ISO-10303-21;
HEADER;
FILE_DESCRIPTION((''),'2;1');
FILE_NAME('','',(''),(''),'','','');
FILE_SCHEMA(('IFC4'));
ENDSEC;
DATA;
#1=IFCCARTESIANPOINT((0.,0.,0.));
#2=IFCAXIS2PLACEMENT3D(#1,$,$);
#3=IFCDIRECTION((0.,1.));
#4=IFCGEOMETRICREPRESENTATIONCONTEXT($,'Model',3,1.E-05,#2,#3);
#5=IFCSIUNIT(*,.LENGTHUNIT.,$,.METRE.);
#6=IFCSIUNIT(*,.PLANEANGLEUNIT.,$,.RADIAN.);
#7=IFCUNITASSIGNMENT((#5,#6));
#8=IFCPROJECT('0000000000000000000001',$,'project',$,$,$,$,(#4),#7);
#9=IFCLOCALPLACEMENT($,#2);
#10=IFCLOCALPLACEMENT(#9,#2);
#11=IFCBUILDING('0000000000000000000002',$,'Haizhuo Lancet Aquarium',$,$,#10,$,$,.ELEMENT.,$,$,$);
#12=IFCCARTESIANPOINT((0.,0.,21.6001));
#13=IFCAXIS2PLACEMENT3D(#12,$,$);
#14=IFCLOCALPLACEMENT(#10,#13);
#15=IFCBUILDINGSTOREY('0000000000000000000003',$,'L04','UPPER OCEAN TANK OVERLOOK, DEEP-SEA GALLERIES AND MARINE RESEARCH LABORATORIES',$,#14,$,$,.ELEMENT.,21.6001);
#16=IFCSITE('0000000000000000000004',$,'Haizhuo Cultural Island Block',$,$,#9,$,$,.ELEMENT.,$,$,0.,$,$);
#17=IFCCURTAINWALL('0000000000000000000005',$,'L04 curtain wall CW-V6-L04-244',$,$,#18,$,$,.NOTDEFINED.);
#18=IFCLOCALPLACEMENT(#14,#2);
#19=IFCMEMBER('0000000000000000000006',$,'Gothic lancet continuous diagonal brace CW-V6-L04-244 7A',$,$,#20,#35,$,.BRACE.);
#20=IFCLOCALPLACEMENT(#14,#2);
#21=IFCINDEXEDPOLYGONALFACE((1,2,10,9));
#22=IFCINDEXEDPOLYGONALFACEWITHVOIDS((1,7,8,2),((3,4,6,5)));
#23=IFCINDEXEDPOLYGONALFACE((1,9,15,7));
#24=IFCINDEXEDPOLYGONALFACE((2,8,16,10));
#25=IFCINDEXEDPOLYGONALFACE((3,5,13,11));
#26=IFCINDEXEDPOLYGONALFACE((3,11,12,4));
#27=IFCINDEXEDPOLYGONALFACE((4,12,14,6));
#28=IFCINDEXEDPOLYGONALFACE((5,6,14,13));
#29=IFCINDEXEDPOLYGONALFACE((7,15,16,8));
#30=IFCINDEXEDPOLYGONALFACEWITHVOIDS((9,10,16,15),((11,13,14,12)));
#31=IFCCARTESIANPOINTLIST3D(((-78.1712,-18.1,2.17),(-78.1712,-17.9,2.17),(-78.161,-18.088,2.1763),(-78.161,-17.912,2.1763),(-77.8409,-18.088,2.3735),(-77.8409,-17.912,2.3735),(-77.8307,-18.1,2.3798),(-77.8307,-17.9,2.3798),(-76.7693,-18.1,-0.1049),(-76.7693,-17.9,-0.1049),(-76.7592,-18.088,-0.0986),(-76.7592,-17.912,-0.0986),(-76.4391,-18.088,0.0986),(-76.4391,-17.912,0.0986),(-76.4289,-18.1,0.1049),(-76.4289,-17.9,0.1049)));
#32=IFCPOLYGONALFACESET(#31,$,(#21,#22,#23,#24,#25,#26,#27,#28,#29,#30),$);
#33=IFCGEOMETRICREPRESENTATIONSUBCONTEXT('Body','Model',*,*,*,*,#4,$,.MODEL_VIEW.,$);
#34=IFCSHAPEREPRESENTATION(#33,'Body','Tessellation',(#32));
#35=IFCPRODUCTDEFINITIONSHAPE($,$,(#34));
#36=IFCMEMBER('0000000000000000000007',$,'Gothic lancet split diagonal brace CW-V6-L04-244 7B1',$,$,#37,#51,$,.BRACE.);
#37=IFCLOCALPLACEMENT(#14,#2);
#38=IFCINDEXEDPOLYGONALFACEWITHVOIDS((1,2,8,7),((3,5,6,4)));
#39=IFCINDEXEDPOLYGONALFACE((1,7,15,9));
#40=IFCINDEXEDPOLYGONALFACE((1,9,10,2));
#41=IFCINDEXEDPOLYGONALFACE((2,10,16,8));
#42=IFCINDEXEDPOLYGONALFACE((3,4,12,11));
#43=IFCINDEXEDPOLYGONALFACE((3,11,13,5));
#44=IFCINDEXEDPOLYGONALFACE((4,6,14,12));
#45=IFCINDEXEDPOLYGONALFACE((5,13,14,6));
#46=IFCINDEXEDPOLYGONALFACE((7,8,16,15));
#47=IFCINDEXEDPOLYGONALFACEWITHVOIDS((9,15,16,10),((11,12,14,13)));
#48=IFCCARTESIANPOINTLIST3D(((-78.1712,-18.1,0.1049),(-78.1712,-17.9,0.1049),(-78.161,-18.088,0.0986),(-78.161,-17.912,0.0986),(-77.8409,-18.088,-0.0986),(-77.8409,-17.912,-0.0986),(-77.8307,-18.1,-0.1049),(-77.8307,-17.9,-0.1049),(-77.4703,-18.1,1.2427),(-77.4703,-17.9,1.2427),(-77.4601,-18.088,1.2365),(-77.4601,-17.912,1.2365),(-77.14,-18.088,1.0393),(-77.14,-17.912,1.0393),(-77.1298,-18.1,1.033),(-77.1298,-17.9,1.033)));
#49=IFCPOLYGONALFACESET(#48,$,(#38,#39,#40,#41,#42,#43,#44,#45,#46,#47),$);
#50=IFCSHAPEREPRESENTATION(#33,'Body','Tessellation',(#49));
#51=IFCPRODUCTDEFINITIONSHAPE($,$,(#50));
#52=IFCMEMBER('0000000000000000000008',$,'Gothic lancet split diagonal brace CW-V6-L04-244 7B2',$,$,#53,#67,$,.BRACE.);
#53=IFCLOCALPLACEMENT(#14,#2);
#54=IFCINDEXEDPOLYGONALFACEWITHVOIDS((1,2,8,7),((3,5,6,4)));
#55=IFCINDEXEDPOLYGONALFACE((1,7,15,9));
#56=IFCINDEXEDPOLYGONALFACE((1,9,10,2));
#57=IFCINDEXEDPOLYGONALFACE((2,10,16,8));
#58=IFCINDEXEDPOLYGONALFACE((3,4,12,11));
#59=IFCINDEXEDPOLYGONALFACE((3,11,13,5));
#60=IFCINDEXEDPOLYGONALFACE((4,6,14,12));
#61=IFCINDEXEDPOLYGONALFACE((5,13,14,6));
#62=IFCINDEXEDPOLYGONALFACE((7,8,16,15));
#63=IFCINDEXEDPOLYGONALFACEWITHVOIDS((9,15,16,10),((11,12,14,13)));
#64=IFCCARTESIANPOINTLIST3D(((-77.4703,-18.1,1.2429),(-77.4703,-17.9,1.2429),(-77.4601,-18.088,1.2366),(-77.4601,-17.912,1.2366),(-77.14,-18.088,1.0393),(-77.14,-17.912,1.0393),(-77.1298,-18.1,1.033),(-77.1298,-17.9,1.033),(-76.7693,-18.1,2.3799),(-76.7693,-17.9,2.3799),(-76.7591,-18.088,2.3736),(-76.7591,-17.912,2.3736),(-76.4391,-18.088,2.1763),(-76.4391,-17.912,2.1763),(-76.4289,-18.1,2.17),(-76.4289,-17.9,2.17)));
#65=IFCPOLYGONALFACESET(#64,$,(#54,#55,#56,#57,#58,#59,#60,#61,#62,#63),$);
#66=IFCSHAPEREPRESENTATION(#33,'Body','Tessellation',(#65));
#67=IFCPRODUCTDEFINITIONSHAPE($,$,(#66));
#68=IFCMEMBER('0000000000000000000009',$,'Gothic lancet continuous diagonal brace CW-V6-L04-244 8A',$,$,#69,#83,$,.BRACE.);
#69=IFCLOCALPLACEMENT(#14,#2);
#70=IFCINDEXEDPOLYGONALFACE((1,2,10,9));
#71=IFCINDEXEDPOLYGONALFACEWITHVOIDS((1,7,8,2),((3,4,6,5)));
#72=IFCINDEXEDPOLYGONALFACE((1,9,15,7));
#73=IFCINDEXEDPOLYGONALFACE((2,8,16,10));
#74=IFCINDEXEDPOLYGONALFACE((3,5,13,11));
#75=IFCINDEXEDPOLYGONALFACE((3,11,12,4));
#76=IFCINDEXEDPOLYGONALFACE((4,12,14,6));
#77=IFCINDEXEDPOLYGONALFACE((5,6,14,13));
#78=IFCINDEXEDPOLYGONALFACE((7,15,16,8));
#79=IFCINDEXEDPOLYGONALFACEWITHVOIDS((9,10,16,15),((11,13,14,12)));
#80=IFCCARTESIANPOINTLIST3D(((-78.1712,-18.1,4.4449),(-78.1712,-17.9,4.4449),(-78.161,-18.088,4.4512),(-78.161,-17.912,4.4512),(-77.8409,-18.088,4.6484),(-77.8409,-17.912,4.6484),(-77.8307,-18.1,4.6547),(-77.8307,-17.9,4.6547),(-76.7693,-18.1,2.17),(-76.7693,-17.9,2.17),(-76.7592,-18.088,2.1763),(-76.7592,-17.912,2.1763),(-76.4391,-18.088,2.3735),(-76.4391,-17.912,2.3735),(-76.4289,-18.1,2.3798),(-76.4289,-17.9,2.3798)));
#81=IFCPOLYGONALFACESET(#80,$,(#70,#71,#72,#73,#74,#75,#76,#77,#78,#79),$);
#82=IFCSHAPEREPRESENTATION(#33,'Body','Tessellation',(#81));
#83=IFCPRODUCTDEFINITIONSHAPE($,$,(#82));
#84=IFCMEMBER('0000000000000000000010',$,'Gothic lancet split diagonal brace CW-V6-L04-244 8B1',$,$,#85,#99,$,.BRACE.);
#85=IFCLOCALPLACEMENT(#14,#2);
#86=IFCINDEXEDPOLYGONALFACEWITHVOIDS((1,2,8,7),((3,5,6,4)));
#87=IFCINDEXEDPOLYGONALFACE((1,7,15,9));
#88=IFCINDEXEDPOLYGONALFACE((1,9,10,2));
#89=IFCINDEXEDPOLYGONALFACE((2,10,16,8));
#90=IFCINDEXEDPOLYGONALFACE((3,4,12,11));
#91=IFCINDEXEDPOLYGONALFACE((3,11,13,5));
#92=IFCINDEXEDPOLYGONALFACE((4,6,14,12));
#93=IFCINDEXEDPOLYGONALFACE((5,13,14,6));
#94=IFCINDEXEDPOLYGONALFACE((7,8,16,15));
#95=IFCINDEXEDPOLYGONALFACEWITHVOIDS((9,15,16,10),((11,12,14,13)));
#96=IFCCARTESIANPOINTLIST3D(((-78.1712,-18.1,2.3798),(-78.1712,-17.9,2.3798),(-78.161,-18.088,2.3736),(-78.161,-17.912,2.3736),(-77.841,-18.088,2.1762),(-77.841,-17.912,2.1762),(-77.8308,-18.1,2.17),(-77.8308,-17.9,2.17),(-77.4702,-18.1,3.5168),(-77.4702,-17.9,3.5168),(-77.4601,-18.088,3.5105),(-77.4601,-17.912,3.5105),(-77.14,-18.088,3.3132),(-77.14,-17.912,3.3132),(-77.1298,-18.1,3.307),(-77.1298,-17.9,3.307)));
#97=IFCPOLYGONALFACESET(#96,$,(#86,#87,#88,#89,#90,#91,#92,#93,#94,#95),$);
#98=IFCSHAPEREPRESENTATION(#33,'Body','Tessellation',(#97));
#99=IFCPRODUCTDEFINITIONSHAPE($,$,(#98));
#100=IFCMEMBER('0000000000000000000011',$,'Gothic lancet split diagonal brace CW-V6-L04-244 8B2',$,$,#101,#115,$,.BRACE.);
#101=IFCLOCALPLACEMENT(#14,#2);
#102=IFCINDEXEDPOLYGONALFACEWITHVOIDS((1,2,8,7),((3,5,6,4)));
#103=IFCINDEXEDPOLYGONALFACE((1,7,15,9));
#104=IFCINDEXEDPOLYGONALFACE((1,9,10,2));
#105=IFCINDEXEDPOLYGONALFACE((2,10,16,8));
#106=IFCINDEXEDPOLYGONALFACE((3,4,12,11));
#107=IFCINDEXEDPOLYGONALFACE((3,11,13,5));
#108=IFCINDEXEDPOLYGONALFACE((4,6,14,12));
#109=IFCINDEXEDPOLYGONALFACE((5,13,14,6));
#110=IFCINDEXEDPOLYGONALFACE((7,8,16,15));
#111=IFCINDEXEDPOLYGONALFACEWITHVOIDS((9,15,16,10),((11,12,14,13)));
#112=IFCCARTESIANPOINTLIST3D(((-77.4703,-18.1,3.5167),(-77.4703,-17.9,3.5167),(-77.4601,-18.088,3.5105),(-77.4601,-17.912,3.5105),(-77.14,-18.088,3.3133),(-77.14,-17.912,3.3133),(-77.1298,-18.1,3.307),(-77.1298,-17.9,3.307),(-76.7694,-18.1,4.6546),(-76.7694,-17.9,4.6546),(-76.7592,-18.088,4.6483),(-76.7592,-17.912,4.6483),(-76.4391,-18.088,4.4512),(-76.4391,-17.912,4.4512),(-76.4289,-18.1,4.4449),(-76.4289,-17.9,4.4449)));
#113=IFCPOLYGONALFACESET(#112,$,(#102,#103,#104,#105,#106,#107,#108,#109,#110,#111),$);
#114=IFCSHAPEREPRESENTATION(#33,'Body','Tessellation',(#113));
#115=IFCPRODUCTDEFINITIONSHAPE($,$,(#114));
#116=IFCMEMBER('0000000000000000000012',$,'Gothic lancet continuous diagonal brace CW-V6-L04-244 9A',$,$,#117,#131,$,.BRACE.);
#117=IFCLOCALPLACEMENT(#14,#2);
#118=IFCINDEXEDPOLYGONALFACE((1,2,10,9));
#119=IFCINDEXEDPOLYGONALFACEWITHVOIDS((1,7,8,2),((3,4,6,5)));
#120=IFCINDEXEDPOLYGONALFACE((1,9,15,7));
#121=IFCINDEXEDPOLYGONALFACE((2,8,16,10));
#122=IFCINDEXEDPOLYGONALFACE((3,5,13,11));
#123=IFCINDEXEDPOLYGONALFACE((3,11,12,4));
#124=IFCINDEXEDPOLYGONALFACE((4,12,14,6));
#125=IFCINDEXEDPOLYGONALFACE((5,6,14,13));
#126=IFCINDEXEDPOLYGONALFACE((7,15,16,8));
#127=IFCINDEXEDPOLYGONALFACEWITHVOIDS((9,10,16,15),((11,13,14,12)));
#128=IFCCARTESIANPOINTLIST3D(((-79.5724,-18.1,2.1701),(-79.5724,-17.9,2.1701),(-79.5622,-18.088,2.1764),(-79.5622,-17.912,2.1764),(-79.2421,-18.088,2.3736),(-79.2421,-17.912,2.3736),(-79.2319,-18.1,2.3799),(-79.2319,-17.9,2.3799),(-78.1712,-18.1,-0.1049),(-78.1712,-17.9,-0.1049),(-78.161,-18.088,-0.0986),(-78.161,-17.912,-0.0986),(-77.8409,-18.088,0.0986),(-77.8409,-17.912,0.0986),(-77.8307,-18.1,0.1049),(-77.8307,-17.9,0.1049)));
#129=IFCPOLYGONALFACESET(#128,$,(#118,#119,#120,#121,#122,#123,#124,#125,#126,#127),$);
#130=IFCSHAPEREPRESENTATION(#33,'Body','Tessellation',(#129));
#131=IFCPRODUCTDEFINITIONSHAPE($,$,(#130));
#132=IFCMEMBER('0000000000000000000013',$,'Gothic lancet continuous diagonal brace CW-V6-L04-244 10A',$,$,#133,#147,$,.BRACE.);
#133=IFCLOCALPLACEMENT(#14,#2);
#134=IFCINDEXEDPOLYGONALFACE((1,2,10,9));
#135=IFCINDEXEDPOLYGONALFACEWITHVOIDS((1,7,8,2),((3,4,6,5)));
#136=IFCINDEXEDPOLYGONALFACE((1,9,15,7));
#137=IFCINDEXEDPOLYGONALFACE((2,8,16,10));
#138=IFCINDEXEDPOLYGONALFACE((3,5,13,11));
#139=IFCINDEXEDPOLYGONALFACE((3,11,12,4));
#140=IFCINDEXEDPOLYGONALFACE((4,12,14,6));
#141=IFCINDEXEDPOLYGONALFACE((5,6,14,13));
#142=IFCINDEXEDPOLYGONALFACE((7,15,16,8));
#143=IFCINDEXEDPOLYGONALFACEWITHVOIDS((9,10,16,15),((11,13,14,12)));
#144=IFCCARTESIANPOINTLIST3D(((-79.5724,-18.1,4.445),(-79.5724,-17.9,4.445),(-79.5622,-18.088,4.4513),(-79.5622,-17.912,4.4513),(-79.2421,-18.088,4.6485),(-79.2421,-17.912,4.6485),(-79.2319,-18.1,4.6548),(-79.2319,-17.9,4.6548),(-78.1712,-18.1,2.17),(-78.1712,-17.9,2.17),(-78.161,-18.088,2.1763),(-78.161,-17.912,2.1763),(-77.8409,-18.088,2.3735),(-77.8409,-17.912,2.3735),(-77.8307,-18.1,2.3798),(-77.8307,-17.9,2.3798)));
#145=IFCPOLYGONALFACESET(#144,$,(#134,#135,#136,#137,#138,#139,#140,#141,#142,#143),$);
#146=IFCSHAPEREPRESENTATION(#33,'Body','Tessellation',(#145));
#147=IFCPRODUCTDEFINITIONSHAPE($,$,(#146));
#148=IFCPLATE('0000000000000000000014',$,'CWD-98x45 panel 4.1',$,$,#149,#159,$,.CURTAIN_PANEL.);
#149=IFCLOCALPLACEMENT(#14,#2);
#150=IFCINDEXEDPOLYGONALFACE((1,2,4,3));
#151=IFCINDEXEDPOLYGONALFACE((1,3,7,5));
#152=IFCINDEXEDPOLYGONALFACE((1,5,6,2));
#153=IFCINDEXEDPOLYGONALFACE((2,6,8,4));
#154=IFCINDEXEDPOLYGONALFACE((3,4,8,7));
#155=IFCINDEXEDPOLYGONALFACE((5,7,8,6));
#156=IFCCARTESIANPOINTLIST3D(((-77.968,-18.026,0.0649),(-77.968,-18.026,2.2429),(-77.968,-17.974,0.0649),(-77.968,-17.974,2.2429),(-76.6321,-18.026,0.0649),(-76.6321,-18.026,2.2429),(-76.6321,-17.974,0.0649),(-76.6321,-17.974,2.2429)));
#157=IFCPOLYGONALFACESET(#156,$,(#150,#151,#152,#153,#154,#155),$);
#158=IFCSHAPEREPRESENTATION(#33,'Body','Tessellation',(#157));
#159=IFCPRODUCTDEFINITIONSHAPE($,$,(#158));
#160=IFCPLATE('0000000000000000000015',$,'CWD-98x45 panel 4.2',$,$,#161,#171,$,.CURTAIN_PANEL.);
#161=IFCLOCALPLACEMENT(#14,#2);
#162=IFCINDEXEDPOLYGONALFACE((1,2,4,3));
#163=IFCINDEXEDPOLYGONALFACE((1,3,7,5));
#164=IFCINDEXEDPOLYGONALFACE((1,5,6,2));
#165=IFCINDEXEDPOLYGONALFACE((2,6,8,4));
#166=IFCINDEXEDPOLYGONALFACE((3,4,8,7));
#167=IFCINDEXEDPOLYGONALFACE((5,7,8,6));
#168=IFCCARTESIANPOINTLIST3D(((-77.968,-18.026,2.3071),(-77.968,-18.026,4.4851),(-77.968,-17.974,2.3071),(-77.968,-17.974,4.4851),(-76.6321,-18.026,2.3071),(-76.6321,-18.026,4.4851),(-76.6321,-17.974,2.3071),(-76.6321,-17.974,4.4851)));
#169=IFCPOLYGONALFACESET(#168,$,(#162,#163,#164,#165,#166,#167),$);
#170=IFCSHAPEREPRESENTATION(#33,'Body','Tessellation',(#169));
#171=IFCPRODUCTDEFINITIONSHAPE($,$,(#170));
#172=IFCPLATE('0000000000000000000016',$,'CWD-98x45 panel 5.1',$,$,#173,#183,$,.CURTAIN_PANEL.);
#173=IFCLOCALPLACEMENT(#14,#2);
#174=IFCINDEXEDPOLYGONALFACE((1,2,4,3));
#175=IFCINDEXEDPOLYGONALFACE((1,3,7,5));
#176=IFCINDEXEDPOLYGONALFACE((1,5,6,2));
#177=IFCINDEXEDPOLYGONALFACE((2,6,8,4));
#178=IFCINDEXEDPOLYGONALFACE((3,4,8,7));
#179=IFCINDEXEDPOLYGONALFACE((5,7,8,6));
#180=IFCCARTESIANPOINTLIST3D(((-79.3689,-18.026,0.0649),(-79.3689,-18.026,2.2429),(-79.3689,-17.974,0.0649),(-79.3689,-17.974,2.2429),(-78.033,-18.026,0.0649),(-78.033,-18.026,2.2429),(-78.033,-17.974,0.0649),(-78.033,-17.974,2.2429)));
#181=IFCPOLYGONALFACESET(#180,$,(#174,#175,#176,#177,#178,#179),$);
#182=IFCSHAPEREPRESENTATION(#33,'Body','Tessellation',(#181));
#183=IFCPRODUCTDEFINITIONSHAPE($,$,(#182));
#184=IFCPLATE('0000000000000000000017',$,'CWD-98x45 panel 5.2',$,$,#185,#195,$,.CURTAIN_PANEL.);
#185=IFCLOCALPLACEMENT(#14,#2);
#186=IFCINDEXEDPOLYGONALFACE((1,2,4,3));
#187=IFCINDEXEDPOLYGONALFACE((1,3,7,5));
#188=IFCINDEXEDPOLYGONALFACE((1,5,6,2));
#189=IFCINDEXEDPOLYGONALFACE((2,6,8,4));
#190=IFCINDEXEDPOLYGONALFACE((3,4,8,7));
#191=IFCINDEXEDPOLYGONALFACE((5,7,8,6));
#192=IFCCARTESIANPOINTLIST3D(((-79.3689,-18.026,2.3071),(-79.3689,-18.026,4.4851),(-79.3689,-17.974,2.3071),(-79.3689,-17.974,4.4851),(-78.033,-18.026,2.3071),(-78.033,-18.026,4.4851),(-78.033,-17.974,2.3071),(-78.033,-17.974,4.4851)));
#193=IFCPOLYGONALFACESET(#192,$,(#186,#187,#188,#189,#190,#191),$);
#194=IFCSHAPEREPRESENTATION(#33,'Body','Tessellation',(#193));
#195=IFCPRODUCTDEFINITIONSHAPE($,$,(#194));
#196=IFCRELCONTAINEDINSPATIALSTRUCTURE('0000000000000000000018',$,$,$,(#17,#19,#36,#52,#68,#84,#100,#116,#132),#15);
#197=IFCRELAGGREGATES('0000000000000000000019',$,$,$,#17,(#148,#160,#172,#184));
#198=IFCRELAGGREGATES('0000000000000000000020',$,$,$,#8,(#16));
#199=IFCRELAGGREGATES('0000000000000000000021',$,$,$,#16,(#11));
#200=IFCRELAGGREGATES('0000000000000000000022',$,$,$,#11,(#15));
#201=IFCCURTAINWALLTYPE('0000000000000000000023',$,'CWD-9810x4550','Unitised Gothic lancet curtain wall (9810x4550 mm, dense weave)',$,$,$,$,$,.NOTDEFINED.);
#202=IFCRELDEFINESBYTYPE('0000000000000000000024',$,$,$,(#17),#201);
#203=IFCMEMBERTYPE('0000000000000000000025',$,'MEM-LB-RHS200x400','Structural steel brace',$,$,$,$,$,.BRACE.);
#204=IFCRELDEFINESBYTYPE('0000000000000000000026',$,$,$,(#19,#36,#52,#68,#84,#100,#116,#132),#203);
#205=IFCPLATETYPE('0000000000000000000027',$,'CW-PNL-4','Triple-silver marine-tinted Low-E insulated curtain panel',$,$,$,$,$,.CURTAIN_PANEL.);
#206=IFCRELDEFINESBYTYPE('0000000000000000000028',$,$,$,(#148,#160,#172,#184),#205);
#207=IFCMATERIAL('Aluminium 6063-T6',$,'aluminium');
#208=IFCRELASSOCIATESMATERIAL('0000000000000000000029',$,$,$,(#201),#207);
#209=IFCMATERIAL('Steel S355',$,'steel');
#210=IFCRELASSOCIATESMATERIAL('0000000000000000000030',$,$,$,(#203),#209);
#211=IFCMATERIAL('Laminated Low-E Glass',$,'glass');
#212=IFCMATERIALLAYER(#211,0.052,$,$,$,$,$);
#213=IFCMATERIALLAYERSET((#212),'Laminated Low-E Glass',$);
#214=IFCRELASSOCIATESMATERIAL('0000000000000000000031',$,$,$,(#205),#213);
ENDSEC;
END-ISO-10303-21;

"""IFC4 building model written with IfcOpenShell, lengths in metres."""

from ifc_helpers import new_model, si_unit, direction, frame, origin, origin_2d, place, context, subcontext, project, spatial, rectangle, hollow_rectangle, extrude, material, layer, layer_set, material_profile, profile_set, type_object, element, aggregate, save


model = new_model("IFC4")

# Units and contexts
model_context = context("Model", 3, precision=1e-05, world=origin(), true_north=direction((0.0, 1.0)))
body_context = subcontext(model_context, "Body", "Model", "MODEL_VIEW")
ifc_project = project(units=[si_unit("LENGTHUNIT", "METRE"), si_unit("PLANEANGLEUNIT", "RADIAN")], contexts=[model_context])

# Site, building, storey
site_placement = place(None, origin())
site = spatial("IfcSite", under=ifc_project, at=site_placement, Name="Haizhuo Cultural Island Block", CompositionType="ELEMENT", RefElevation=0.0)
building_placement = place(site_placement, origin())
building = spatial("IfcBuilding", under=site, at=building_placement, Name="Haizhuo Lancet Aquarium", CompositionType="ELEMENT")
storey_placement = place(building_placement, frame((0.0, 0.0, 21.6001)))
storey = spatial("IfcBuildingStorey", under=building, at=storey_placement, Name="L04", Description="UPPER OCEAN TANK OVERLOOK, DEEP-SEA GALLERIES AND MARINE RESEARCH LABORATORIES", CompositionType="ELEMENT", Elevation=21.6001)

# Curtain wall
ifc_material_1 = material(Name="Aluminium 6063-T6", Category="aluminium")
curtain_wall_type = type_object("IfcCurtainWallType", Name="CWD-9810x4550", Description="Unitised Gothic lancet curtain wall (9810x4550 mm, dense weave)", PredefinedType="NOTDEFINED", material=ifc_material_1)
curtain_wall_placement = place(storey_placement, origin())
curtain_wall = element("IfcCurtainWall", 1, at=curtain_wall_placement, inside=storey, type_object=curtain_wall_type, Name="L04 curtain wall CW-V6-L04-244", PredefinedType="NOTDEFINED")

# Members
ifc_material_2 = material(Name="Steel S355", Category="steel")
ifc_material_profile_1 = material_profile(ifc_material_2, hollow_rectangle(XDim=0.2, YDim=0.3999, WallThickness=0.012, at=origin_2d()), Name="RHS 200x400x12")
ifc_profile_set_1 = profile_set([ifc_material_profile_1], Name="Steel S355")
member_type_1 = type_object("IfcMemberType", Name="MEM-LB-RHS200x400", Description="Structural steel brace", PredefinedType="BRACE", material=ifc_profile_set_1)
member_1_placement = place(storey_placement, frame((-76.5991, -18.0, 0.0), z_axis=(-0.524617, 0.0, 0.851338), x_axis=(0.0, -1.0, 0.0)))
element("IfcMember", 2, at=member_1_placement, inside=storey, type_object=member_type_1, Name="Gothic lancet continuous diagonal brace CW-V6-L04-244 7A", PredefinedType="BRACE", context=body_context, shape_type="SweptSolid", body=[
    extrude(hollow_rectangle(XDim=0.2, YDim=0.3999, WallThickness=0.012, at=origin_2d()), origin(), (0.0, 0.0, 1.0), 2.6721),
])
member_2_placement = place(storey_placement, frame((-78.001, -18.0, 0.0), z_axis=(0.524454, 0.0, 0.851439), x_axis=(0.0, 1.0, 0.0)))
element("IfcMember", 3, at=member_2_placement, inside=storey, type_object=member_type_1, Name="Gothic lancet split diagonal brace CW-V6-L04-244 7B1", PredefinedType="BRACE", context=body_context, shape_type="SweptSolid", body=[
    extrude(hollow_rectangle(XDim=0.2, YDim=0.3999, WallThickness=0.012, at=origin_2d()), origin(), (0.0, 0.0, 1.0), 1.3364),
])
member_3_placement = place(storey_placement, frame((-77.3, -18.0, 1.1379), z_axis=(0.524781, 0.0, 0.851238), x_axis=(0.0, 1.0, 0.0)))
element("IfcMember", 4, at=member_3_placement, inside=storey, type_object=member_type_1, Name="Gothic lancet split diagonal brace CW-V6-L04-244 7B2", PredefinedType="BRACE", context=body_context, shape_type="SweptSolid", body=[
    extrude(hollow_rectangle(XDim=0.2, YDim=0.3999, WallThickness=0.012, at=origin_2d()), origin(), (0.0, 0.0, 1.0), 1.3357),
])
member_4_placement = place(storey_placement, frame((-76.5991, -18.0, 2.2749), z_axis=(-0.524617, 0.0, 0.851338), x_axis=(0.0, -1.0, 0.0)))
element("IfcMember", 5, at=member_4_placement, inside=storey, type_object=member_type_1, Name="Gothic lancet continuous diagonal brace CW-V6-L04-244 8A", PredefinedType="BRACE", context=body_context, shape_type="SweptSolid", body=[
    extrude(hollow_rectangle(XDim=0.2, YDim=0.3999, WallThickness=0.012, at=origin_2d()), origin(), (0.0, 0.0, 1.0), 2.6721),
])
member_5_placement = place(storey_placement, frame((-78.001, -18.0, 2.2749), z_axis=(0.524781, 0.0, 0.851238), x_axis=(0.0, 1.0, 0.0)))
element("IfcMember", 6, at=member_5_placement, inside=storey, type_object=member_type_1, Name="Gothic lancet split diagonal brace CW-V6-L04-244 8B1", PredefinedType="BRACE", context=body_context, shape_type="SweptSolid", body=[
    extrude(hollow_rectangle(XDim=0.2, YDim=0.3999, WallThickness=0.012, at=origin_2d()), origin(), (0.0, 0.0, 1.0), 1.3357),
])
member_6_placement = place(storey_placement, frame((-77.3, -18.0, 3.4119), z_axis=(0.524454, 0.0, 0.851439), x_axis=(0.0, 1.0, 0.0)))
element("IfcMember", 7, at=member_6_placement, inside=storey, type_object=member_type_1, Name="Gothic lancet split diagonal brace CW-V6-L04-244 8B2", PredefinedType="BRACE", context=body_context, shape_type="SweptSolid", body=[
    extrude(hollow_rectangle(XDim=0.2, YDim=0.3999, WallThickness=0.012, at=origin_2d()), origin(), (0.0, 0.0, 1.0), 1.3364),
])
for number, where, z_axis, x_axis, name in (
    (8, (-78.001, -18.0, 0.0), (-0.524419, 0.0, 0.851461), (0.0, -1.0, 0.0), "Gothic lancet continuous diagonal brace CW-V6-L04-244 9A"),
    (9, (-78.001, -18.0, 2.2749), (-0.524419, 0.0, 0.851461), (0.0, -1.0, 0.0), "Gothic lancet continuous diagonal brace CW-V6-L04-244 10A"),
):
    element("IfcMember", number, at=place(storey_placement, frame(where, z_axis=z_axis, x_axis=x_axis)), inside=storey, type_object=member_type_1, Name=name, PredefinedType="BRACE", context=body_context, shape_type="SweptSolid", body=[
        extrude(hollow_rectangle(XDim=0.2, YDim=0.3999, WallThickness=0.012, at=origin_2d()), origin(), (0.0, 0.0, 1.0), 2.6719),
    ])

# Plates
ifc_material_3 = material(Name="Laminated Low-E Glass", Category="glass")
ifc_layer = layer(ifc_material_3, 0.052)
ifc_layer_set = layer_set([ifc_layer], Name="Laminated Low-E Glass")
plate_type = type_object("IfcPlateType", Name="CW-PNL-4", Description="Triple-silver marine-tinted Low-E insulated curtain panel", PredefinedType="CURTAIN_PANEL", material=ifc_layer_set)
plate_1_placement = place(storey_placement, frame((-77.3, -18.0, 0.0649), z_axis=(0.0, 0.0, 1.0), x_axis=(-1.0, 0.0, 0.0)))
plate_1 = element("IfcPlate", 10, at=plate_1_placement, type_object=plate_type, Name="CWD-98x45 panel 4.1", PredefinedType="CURTAIN_PANEL", context=body_context, shape_type="SweptSolid", body=[
    extrude(rectangle(XDim=1.3359, YDim=0.052, at=origin_2d()), origin(), (0.0, 0.0, 1.0), 2.178),
])
plate_2_placement = place(storey_placement, frame((-77.3, -18.0, 2.3071), z_axis=(0.0, 0.0, 1.0), x_axis=(-1.0, 0.0, 0.0)))
plate_2 = element("IfcPlate", 11, at=plate_2_placement, type_object=plate_type, Name="CWD-98x45 panel 4.2", PredefinedType="CURTAIN_PANEL", context=body_context, shape_type="SweptSolid", body=[
    extrude(rectangle(XDim=1.3359, YDim=0.052, at=origin_2d()), origin(), (0.0, 0.0, 1.0), 2.178),
])
plate_3_placement = place(storey_placement, frame((-78.7009, -18.0, 0.0649), z_axis=(0.0, 0.0, 1.0), x_axis=(-1.0, 0.0, 0.0)))
plate_3 = element("IfcPlate", 12, at=plate_3_placement, type_object=plate_type, Name="CWD-98x45 panel 5.1", PredefinedType="CURTAIN_PANEL", context=body_context, shape_type="SweptSolid", body=[
    extrude(rectangle(XDim=1.3359, YDim=0.052, at=origin_2d()), origin(), (0.0, 0.0, 1.0), 2.178),
])
plate_4_placement = place(storey_placement, frame((-78.7009, -18.0, 2.3071), z_axis=(0.0, 0.0, 1.0), x_axis=(-1.0, 0.0, 0.0)))
plate_4 = element("IfcPlate", 13, at=plate_4_placement, type_object=plate_type, Name="CWD-98x45 panel 5.2", PredefinedType="CURTAIN_PANEL", context=body_context, shape_type="SweptSolid", body=[
    extrude(rectangle(XDim=1.3359, YDim=0.052, at=origin_2d()), origin(), (0.0, 0.0, 1.0), 2.178),
])
aggregate(curtain_wall, [plate_1, plate_2, plate_3, plate_4])

save(model, "model.ifc")
